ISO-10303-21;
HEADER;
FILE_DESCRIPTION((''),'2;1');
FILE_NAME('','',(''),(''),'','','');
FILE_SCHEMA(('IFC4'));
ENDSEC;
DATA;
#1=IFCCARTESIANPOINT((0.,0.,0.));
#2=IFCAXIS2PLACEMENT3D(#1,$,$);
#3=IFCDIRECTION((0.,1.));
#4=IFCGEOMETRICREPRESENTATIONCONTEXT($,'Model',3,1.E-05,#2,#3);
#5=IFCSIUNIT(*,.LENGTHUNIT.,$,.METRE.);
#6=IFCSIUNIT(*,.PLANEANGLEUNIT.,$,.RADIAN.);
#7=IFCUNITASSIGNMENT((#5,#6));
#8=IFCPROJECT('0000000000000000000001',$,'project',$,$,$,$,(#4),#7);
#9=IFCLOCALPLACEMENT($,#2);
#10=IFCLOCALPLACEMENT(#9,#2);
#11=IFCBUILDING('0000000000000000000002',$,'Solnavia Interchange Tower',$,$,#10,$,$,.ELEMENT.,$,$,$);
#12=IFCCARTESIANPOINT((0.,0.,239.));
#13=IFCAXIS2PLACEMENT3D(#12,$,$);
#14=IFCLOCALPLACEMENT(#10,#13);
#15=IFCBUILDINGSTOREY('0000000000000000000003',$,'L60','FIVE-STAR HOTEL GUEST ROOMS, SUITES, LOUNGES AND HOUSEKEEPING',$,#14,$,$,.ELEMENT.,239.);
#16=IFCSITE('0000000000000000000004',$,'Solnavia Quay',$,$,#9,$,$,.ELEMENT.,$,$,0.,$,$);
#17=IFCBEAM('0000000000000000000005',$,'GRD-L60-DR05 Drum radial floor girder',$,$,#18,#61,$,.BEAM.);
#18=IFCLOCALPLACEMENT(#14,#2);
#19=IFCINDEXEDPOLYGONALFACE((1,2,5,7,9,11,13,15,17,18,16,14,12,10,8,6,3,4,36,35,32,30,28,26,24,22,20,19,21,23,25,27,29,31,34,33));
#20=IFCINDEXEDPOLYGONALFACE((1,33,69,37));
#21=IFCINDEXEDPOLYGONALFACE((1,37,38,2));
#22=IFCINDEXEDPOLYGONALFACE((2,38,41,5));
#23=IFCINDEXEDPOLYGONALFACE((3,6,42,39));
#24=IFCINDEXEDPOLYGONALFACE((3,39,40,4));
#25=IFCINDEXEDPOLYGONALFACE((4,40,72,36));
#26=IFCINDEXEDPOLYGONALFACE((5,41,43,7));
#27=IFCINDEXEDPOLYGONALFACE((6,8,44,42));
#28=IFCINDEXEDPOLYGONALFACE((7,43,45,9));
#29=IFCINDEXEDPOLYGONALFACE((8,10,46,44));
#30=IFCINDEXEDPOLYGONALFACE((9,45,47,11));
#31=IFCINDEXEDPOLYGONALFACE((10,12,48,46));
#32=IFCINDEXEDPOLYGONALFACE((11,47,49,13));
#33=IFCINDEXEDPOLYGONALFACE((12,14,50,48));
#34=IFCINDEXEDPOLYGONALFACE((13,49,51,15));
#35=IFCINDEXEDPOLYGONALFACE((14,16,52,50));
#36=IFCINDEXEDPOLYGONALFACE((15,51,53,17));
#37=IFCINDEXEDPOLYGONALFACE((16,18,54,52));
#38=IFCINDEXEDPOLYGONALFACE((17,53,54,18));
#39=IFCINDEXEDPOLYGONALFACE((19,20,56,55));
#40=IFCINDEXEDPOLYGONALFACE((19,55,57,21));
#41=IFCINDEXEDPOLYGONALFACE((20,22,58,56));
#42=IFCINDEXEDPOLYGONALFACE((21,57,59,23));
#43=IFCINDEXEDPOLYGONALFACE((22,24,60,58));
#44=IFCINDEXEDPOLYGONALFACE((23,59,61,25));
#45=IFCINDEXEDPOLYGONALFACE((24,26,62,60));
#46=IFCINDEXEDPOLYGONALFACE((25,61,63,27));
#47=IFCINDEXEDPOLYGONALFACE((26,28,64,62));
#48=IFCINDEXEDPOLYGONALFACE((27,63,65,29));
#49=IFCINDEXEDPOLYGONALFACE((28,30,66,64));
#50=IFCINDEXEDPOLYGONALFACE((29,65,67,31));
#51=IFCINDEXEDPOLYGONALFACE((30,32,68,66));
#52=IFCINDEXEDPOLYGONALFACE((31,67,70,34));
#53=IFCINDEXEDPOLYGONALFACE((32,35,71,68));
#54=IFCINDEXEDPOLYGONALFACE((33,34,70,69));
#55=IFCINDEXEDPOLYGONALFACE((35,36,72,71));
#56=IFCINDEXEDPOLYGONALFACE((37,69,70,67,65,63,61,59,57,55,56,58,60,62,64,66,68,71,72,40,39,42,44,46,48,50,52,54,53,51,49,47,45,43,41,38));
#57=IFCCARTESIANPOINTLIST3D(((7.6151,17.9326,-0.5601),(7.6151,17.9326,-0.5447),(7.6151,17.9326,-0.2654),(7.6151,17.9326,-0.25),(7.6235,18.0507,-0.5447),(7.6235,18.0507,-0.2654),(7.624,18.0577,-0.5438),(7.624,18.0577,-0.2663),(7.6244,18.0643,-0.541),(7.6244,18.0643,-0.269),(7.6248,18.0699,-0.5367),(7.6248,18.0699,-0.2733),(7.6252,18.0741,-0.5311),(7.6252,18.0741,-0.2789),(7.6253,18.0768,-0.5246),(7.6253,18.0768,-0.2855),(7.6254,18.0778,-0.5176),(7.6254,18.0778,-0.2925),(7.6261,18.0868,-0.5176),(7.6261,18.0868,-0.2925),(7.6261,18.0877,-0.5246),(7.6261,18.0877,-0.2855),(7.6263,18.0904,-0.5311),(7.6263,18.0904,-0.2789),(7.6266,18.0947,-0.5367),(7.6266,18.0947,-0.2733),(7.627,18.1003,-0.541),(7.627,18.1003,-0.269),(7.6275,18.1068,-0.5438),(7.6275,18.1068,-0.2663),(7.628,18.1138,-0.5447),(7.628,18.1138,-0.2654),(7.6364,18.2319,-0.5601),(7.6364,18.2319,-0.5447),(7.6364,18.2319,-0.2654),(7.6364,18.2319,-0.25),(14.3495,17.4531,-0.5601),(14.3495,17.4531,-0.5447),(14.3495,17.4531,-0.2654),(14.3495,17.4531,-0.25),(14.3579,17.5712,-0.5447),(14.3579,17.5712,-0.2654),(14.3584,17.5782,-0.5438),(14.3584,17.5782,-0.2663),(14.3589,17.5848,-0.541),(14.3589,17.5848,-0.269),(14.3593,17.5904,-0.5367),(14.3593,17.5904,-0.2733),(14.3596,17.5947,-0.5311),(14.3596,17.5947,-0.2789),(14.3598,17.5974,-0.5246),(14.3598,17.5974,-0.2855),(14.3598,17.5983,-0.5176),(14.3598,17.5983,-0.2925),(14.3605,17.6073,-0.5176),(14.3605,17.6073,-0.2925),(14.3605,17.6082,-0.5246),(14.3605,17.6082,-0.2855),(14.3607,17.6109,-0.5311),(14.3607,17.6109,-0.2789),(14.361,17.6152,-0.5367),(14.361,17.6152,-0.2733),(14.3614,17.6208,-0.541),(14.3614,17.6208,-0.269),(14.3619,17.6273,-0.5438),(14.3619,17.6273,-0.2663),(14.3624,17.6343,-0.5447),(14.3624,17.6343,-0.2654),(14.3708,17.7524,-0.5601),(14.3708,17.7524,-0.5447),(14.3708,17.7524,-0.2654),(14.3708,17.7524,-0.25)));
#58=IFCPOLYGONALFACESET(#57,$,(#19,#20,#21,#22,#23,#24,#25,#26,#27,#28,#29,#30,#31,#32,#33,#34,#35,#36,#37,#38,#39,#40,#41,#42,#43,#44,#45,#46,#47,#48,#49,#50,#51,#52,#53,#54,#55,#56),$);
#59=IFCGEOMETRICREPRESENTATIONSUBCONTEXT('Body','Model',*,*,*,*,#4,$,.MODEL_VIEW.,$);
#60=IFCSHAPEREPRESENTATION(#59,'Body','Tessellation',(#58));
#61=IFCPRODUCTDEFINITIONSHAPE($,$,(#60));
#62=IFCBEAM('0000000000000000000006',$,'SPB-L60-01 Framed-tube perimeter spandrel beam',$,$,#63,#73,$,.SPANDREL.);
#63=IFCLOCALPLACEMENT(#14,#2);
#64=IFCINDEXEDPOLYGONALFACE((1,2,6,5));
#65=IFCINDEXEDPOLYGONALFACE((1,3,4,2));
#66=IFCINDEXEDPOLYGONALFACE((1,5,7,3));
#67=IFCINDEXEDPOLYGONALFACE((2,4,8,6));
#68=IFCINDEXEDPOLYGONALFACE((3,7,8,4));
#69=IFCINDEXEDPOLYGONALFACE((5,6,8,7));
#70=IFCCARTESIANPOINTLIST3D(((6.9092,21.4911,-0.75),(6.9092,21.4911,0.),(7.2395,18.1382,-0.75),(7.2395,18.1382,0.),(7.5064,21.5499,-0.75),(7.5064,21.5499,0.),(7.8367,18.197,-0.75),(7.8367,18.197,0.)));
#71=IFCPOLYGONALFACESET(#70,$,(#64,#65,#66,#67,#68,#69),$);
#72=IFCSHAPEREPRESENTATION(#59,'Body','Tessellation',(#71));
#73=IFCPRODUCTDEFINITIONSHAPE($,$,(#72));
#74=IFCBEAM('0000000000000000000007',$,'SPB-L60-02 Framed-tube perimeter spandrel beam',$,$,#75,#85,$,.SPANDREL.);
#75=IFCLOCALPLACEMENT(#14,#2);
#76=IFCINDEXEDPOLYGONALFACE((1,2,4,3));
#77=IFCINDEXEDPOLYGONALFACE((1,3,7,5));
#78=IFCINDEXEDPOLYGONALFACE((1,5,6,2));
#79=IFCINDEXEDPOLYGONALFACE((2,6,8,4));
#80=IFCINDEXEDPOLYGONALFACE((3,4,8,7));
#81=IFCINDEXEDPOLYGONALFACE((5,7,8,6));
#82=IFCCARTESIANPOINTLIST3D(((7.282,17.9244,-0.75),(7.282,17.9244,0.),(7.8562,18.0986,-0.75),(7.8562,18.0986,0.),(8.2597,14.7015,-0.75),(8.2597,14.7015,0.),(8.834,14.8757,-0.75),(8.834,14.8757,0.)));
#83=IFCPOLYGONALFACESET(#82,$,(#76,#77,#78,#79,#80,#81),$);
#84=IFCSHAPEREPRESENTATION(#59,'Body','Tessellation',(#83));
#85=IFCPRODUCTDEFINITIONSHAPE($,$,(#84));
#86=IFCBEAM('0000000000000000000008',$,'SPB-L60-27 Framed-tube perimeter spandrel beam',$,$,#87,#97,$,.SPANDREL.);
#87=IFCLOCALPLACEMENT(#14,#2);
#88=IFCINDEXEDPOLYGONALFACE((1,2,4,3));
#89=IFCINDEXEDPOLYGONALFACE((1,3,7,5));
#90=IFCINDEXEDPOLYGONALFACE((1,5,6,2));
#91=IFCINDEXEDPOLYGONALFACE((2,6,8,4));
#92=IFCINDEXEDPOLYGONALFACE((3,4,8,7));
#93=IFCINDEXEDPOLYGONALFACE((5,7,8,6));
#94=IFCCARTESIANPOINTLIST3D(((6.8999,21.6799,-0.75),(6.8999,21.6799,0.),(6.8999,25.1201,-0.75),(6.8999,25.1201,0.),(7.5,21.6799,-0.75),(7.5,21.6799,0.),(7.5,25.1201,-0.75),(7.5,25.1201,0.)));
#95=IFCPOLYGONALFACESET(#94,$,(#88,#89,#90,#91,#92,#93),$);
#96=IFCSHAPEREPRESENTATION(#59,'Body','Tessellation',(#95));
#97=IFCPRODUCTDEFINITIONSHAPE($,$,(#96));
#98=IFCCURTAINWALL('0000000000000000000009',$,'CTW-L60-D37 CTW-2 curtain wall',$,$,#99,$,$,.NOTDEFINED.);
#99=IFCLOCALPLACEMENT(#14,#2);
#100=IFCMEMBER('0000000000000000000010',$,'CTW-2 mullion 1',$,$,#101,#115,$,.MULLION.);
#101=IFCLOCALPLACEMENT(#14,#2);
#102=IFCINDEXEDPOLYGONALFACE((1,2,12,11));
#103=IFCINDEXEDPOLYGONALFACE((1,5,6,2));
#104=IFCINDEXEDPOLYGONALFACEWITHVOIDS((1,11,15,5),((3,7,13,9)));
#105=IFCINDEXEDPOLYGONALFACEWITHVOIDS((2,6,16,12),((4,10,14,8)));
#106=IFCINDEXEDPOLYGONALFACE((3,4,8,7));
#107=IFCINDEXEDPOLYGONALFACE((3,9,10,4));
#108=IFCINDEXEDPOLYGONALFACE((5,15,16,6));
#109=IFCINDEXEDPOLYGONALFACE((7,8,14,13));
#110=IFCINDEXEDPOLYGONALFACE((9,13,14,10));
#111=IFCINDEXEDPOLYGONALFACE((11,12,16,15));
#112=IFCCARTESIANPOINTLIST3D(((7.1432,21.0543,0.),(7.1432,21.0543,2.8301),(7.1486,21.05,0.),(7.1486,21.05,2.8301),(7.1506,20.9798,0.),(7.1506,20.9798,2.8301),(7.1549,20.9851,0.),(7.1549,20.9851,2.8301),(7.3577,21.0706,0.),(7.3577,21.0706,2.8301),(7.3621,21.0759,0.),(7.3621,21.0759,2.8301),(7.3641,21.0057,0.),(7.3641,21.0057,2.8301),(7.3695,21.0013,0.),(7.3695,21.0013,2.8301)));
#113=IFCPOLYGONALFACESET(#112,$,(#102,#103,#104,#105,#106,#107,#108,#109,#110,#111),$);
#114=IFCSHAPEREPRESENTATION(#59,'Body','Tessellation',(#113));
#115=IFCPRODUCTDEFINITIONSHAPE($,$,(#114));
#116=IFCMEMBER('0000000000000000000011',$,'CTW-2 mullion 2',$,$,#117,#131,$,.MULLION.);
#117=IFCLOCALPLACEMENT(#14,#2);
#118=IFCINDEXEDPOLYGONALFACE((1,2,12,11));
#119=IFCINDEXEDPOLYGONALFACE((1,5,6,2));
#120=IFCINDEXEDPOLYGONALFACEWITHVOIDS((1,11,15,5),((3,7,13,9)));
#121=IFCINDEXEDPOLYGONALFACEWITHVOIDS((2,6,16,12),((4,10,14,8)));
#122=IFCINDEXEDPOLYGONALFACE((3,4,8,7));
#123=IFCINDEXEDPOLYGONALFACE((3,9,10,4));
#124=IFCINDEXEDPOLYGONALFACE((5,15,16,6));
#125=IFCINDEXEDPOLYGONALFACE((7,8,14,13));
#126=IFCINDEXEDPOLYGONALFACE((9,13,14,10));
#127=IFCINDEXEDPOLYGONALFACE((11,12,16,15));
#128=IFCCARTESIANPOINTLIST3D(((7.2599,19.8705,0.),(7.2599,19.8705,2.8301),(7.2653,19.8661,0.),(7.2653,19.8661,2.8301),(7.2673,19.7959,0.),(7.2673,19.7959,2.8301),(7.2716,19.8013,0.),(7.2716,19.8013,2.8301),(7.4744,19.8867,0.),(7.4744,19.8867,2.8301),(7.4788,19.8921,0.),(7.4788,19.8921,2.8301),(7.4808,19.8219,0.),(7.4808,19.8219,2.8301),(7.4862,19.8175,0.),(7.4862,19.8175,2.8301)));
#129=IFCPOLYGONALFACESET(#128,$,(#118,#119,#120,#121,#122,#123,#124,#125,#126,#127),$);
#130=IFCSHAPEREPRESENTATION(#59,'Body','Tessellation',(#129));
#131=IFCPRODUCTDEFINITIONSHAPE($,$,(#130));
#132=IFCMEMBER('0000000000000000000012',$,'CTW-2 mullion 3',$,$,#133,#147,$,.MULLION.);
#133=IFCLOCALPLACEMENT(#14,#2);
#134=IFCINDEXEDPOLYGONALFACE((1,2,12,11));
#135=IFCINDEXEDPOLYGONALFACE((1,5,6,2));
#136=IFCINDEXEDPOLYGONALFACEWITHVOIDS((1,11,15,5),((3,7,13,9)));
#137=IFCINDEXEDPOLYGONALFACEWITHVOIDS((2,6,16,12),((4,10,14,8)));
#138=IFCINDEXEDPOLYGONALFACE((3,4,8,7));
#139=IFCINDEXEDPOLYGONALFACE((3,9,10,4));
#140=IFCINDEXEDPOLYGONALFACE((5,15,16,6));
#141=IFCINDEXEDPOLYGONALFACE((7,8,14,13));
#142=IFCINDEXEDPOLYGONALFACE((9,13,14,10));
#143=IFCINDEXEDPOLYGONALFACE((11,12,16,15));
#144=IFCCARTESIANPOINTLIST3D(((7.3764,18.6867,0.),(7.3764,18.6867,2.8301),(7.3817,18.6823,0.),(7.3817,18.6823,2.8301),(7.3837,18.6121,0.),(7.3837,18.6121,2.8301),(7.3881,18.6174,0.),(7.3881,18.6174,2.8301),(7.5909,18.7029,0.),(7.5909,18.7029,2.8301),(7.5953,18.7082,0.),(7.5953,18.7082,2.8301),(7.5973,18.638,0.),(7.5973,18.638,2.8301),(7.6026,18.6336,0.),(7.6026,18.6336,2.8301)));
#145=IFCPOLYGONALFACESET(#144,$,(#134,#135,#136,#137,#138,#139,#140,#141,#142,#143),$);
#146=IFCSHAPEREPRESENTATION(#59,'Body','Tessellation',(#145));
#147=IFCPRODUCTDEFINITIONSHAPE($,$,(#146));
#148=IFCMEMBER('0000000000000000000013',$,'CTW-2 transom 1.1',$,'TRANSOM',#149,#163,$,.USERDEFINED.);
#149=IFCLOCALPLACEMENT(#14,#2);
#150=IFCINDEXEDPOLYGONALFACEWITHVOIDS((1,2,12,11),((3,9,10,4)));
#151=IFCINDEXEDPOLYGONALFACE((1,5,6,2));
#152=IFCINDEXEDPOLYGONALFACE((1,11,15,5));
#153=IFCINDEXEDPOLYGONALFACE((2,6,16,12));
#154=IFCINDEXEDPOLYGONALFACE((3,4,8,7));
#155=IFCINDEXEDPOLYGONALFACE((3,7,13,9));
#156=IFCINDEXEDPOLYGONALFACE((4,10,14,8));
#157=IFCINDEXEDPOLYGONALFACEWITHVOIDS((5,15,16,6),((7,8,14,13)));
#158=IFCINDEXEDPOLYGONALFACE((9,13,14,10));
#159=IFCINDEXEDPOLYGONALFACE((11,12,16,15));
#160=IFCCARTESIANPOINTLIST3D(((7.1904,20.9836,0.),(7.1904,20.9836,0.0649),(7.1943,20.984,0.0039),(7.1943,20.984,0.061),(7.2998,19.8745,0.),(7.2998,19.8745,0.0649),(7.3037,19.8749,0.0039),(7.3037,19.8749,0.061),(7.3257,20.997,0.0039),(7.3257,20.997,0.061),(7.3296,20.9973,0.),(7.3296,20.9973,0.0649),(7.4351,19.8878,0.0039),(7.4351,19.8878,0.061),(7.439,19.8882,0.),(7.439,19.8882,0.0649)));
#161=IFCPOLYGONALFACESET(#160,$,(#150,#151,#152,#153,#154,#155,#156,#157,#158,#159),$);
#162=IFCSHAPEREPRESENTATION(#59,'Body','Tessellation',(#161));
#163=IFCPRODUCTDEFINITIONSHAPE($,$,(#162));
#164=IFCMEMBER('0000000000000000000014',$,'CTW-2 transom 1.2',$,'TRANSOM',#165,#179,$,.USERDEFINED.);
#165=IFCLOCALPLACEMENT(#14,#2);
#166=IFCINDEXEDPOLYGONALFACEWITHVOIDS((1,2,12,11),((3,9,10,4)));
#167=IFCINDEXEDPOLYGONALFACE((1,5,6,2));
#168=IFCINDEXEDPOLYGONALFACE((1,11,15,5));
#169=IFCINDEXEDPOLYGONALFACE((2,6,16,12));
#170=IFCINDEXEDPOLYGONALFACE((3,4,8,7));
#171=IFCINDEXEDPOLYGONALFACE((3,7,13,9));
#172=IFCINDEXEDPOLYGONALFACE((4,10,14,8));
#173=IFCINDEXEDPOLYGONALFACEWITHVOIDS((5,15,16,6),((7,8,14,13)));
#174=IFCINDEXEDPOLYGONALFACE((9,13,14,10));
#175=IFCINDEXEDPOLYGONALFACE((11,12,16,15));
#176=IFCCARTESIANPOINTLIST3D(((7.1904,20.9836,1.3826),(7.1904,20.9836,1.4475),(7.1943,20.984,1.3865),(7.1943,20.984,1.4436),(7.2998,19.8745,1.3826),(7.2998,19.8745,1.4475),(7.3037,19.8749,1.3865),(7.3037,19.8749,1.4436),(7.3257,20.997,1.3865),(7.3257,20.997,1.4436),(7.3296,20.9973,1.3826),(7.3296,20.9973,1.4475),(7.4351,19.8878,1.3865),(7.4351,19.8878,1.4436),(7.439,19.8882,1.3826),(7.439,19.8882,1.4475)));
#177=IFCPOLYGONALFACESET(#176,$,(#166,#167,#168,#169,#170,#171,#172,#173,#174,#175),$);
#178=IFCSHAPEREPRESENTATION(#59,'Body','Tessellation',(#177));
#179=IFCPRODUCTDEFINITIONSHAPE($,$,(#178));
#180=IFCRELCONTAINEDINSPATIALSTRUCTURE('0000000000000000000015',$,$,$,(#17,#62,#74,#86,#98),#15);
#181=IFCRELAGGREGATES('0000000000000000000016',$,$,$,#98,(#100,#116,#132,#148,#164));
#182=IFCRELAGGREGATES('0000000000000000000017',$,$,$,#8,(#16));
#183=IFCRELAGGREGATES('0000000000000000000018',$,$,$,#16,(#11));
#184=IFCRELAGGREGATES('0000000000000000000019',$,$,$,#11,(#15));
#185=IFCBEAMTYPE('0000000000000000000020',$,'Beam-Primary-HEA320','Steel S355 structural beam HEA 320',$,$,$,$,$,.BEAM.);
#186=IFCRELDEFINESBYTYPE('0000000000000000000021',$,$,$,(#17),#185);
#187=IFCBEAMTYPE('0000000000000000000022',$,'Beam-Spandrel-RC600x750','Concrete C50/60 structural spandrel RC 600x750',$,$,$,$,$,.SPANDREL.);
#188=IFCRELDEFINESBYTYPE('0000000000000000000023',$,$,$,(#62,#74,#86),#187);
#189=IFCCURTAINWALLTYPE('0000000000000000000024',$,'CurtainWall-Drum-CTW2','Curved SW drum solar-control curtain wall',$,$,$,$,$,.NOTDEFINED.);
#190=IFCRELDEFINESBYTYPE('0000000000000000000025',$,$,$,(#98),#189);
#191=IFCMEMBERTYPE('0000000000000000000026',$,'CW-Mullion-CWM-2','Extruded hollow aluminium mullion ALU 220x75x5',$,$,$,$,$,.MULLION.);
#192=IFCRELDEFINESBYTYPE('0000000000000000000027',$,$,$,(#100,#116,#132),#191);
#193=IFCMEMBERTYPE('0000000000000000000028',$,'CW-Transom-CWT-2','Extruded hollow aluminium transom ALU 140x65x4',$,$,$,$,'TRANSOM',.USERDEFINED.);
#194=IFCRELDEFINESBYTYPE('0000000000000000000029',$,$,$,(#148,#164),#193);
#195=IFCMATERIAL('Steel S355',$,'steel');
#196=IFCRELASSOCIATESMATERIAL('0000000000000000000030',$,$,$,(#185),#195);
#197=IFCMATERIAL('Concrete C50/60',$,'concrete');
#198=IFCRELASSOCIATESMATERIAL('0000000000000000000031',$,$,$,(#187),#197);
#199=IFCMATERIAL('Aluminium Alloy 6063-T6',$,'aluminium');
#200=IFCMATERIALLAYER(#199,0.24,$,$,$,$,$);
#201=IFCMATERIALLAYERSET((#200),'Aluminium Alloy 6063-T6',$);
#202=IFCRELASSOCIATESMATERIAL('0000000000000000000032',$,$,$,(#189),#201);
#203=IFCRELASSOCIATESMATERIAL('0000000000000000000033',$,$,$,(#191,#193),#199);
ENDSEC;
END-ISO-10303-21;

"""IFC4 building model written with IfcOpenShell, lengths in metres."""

from ifc_helpers import new_model, si_unit, direction, frame, origin, origin_2d, place, context, subcontext, project, spatial, rectangle, hollow_rectangle, i_section, extrude, material, layer, layer_set, material_profile, profile_set, type_object, element, aggregate, save


model = new_model("IFC4")

# Units and contexts
model_context = context("Model", 3, precision=1e-05, world=origin(), true_north=direction((0.0, 1.0)))
body_context = subcontext(model_context, "Body", "Model", "MODEL_VIEW")
ifc_project = project(units=[si_unit("LENGTHUNIT", "METRE"), si_unit("PLANEANGLEUNIT", "RADIAN")], contexts=[model_context])

# Site, building, storey
site_placement = place(None, origin())
site = spatial("IfcSite", under=ifc_project, at=site_placement, Name="Solnavia Quay", CompositionType="ELEMENT", RefElevation=0.0)
building_placement = place(site_placement, origin())
building = spatial("IfcBuilding", under=site, at=building_placement, Name="Solnavia Interchange Tower", CompositionType="ELEMENT")
storey_placement = place(building_placement, frame((0.0, 0.0, 239.0)))
storey = spatial("IfcBuildingStorey", under=building, at=storey_placement, Name="L60", Description="FIVE-STAR HOTEL GUEST ROOMS, SUITES, LOUNGES AND HOUSEKEEPING", CompositionType="ELEMENT", Elevation=239.0)

# Shared definitions
ifc_material_1 = material(Name="Concrete C50/60", Category="concrete")

# Beams
ifc_material_2 = material(Name="Steel S355", Category="steel")
ifc_material_profile_1 = material_profile(ifc_material_2, i_section(OverallWidth=0.3, OverallDepth=0.3101, WebThickness=0.009, FlangeThickness=0.0154, FilletRadius=0.0271, at=origin_2d()), Name="HEA 320")
ifc_profile_set_1 = profile_set([ifc_material_profile_1], Name="Steel S355")
beam_type_1 = type_object("IfcBeamType", Name="Beam-Primary-HEA320", Description="Steel S355 structural beam HEA 320", PredefinedType="BEAM", material=ifc_profile_set_1)
beam_1_placement = place(storey_placement, frame((7.6257, 18.0823, -0.405), z_axis=(0.997475, -0.071021, 0.0), x_axis=(0.071021, 0.997475, 0.0)))
element("IfcBeam", 1, at=beam_1_placement, inside=storey, type_object=beam_type_1, Name="GRD-L60-DR05 Drum radial floor girder", PredefinedType="BEAM", context=body_context, shape_type="SweptSolid", body=[
    extrude(i_section(OverallWidth=0.3, OverallDepth=0.3101, WebThickness=0.009, FlangeThickness=0.0154, FilletRadius=0.0271, at=origin_2d()), origin(), (0.0, 0.0, 1.0), 6.7515),
])
ifc_material_profile_2 = material_profile(ifc_material_1, rectangle(XDim=0.6001, YDim=0.75, at=origin_2d()), Name="RC 600x750")
ifc_profile_set_2 = profile_set([ifc_material_profile_2], Name="Concrete C50/60")
beam_type_2 = type_object("IfcBeamType", Name="Beam-Spandrel-RC600x750", Description="Concrete C50/60 structural spandrel RC 600x750", PredefinedType="SPANDREL", material=ifc_profile_set_2)
beam_2_placement = place(storey_placement, frame((7.2078, 21.5205, -0.375), z_axis=(0.09804, -0.995182, 0.0), x_axis=(0.995182, 0.09804, 0.0)))
element("IfcBeam", 2, at=beam_2_placement, inside=storey, type_object=beam_type_2, Name="SPB-L60-01 Framed-tube perimeter spandrel beam", PredefinedType="SPANDREL", context=body_context, shape_type="SweptSolid", body=[
    extrude(rectangle(XDim=0.6001, YDim=0.75, at=origin_2d()), origin(), (0.0, 0.0, 1.0), 3.3691),
])
beam_3_placement = place(storey_placement, frame((7.5691, 18.0115, -0.375), z_axis=(0.290319, -0.95693, 0.0), x_axis=(0.95693, 0.290319, 0.0)))
element("IfcBeam", 3, at=beam_3_placement, inside=storey, type_object=beam_type_2, Name="SPB-L60-02 Framed-tube perimeter spandrel beam", PredefinedType="SPANDREL", context=body_context, shape_type="SweptSolid", body=[
    extrude(rectangle(XDim=0.6001, YDim=0.75, at=origin_2d()), origin(), (0.0, 0.0, 1.0), 3.3679),
])
beam_4_placement = place(storey_placement, frame((7.2, 25.1201, -0.375), z_axis=(0.0, -1.0, 0.0), x_axis=(1.0, 0.0, 0.0)))
element("IfcBeam", 4, at=beam_4_placement, inside=storey, type_object=beam_type_2, Name="SPB-L60-27 Framed-tube perimeter spandrel beam", PredefinedType="SPANDREL", context=body_context, shape_type="SweptSolid", body=[
    extrude(rectangle(XDim=0.6001, YDim=0.75, at=origin_2d()), origin(), (0.0, 0.0, 1.0), 3.4402),
])

# Curtain wall, members
ifc_material_3 = material(Name="Aluminium Alloy 6063-T6", Category="aluminium")
ifc_layer_1 = layer(ifc_material_3, 0.24)
ifc_layer_set_1 = layer_set([ifc_layer_1], Name="Aluminium Alloy 6063-T6")
curtain_wall_type = type_object("IfcCurtainWallType", Name="CurtainWall-Drum-CTW2", Description="Curved SW drum solar-control curtain wall", PredefinedType="NOTDEFINED", material=ifc_layer_set_1)
curtain_wall_placement = place(storey_placement, origin())
curtain_wall = element("IfcCurtainWall", 5, at=curtain_wall_placement, inside=storey, type_object=curtain_wall_type, Name="CTW-L60-D37 CTW-2 curtain wall", PredefinedType="NOTDEFINED")
ifc_material_profile_3 = material_profile(ifc_material_3, hollow_rectangle(XDim=0.075, YDim=0.22, WallThickness=0.0049, at=origin_2d()), Name="ALU 220x75x5")
ifc_profile_set_3 = profile_set([ifc_material_profile_3], Name="Aluminium Alloy 6063-T6")
member_type_1 = type_object("IfcMemberType", Name="CW-Mullion-CWM-2", Description="Extruded hollow aluminium mullion ALU 220x75x5", PredefinedType="MULLION", material=ifc_profile_set_3)
member_1_placement = place(storey_placement, frame((7.2563, 21.0278, 0.0), z_axis=(0.0, 0.0, 1.0), x_axis=(0.098043, -0.995182, 0.0)))
member_1 = element("IfcMember", 6, at=member_1_placement, type_object=member_type_1, Name="CTW-2 mullion 1", PredefinedType="MULLION", context=body_context, shape_type="SweptSolid", body=[
    extrude(hollow_rectangle(XDim=0.075, YDim=0.22, WallThickness=0.0049, at=origin_2d()), origin(), (0.0, 0.0, 1.0), 2.8301),
])
member_2_placement = place(storey_placement, frame((7.373, 19.844, 0.0), z_axis=(0.0, 0.0, 1.0), x_axis=(0.098043, -0.995182, 0.0)))
member_2 = element("IfcMember", 7, at=member_2_placement, type_object=member_type_1, Name="CTW-2 mullion 2", PredefinedType="MULLION", context=body_context, shape_type="SweptSolid", body=[
    extrude(hollow_rectangle(XDim=0.075, YDim=0.22, WallThickness=0.0049, at=origin_2d()), origin(), (0.0, 0.0, 1.0), 2.8301),
])
member_3_placement = place(storey_placement, frame((7.4895, 18.6602, 0.0), z_axis=(0.0, 0.0, 1.0), x_axis=(0.098043, -0.995182, 0.0)))
member_3 = element("IfcMember", 8, at=member_3_placement, type_object=member_type_1, Name="CTW-2 mullion 3", PredefinedType="MULLION", context=body_context, shape_type="SweptSolid", body=[
    extrude(hollow_rectangle(XDim=0.075, YDim=0.22, WallThickness=0.0049, at=origin_2d()), origin(), (0.0, 0.0, 1.0), 2.8301),
])
ifc_material_profile_4 = material_profile(ifc_material_3, hollow_rectangle(XDim=0.0649, YDim=0.1399, WallThickness=0.0039, at=origin_2d()), Name="ALU 140x65x4")
ifc_profile_set_4 = profile_set([ifc_material_profile_4], Name="Aluminium Alloy 6063-T6")
member_type_2 = type_object("IfcMemberType", Name="CW-Transom-CWT-2", Description="Extruded hollow aluminium transom ALU 140x65x4", ElementType="TRANSOM", PredefinedType="USERDEFINED", material=ifc_profile_set_4)
member_4_placement = place(storey_placement, frame((7.26, 20.9905, 0.0325), z_axis=(0.098137, -0.995173, 0.0), x_axis=(0.0, 0.0, 1.0)))
member_4 = element("IfcMember", 9, at=member_4_placement, type_object=member_type_2, Name="CTW-2 transom 1.1", ObjectType="TRANSOM", PredefinedType="USERDEFINED", context=body_context, shape_type="SweptSolid", body=[
    extrude(hollow_rectangle(XDim=0.0649, YDim=0.1399, WallThickness=0.0039, at=origin_2d()), origin(), (0.0, 0.0, 1.0), 1.1145),
])
member_5_placement = place(storey_placement, frame((7.26, 20.9905, 1.415), z_axis=(0.098137, -0.995173, 0.0), x_axis=(0.0, 0.0, 1.0)))
member_5 = element("IfcMember", 10, at=member_5_placement, type_object=member_type_2, Name="CTW-2 transom 1.2", ObjectType="TRANSOM", PredefinedType="USERDEFINED", context=body_context, shape_type="SweptSolid", body=[
    extrude(hollow_rectangle(XDim=0.0649, YDim=0.1399, WallThickness=0.0039, at=origin_2d()), origin(), (0.0, 0.0, 1.0), 1.1145),
])
aggregate(curtain_wall, [member_1, member_2, member_3, member_4, member_5])

save(model, "model.ifc")
